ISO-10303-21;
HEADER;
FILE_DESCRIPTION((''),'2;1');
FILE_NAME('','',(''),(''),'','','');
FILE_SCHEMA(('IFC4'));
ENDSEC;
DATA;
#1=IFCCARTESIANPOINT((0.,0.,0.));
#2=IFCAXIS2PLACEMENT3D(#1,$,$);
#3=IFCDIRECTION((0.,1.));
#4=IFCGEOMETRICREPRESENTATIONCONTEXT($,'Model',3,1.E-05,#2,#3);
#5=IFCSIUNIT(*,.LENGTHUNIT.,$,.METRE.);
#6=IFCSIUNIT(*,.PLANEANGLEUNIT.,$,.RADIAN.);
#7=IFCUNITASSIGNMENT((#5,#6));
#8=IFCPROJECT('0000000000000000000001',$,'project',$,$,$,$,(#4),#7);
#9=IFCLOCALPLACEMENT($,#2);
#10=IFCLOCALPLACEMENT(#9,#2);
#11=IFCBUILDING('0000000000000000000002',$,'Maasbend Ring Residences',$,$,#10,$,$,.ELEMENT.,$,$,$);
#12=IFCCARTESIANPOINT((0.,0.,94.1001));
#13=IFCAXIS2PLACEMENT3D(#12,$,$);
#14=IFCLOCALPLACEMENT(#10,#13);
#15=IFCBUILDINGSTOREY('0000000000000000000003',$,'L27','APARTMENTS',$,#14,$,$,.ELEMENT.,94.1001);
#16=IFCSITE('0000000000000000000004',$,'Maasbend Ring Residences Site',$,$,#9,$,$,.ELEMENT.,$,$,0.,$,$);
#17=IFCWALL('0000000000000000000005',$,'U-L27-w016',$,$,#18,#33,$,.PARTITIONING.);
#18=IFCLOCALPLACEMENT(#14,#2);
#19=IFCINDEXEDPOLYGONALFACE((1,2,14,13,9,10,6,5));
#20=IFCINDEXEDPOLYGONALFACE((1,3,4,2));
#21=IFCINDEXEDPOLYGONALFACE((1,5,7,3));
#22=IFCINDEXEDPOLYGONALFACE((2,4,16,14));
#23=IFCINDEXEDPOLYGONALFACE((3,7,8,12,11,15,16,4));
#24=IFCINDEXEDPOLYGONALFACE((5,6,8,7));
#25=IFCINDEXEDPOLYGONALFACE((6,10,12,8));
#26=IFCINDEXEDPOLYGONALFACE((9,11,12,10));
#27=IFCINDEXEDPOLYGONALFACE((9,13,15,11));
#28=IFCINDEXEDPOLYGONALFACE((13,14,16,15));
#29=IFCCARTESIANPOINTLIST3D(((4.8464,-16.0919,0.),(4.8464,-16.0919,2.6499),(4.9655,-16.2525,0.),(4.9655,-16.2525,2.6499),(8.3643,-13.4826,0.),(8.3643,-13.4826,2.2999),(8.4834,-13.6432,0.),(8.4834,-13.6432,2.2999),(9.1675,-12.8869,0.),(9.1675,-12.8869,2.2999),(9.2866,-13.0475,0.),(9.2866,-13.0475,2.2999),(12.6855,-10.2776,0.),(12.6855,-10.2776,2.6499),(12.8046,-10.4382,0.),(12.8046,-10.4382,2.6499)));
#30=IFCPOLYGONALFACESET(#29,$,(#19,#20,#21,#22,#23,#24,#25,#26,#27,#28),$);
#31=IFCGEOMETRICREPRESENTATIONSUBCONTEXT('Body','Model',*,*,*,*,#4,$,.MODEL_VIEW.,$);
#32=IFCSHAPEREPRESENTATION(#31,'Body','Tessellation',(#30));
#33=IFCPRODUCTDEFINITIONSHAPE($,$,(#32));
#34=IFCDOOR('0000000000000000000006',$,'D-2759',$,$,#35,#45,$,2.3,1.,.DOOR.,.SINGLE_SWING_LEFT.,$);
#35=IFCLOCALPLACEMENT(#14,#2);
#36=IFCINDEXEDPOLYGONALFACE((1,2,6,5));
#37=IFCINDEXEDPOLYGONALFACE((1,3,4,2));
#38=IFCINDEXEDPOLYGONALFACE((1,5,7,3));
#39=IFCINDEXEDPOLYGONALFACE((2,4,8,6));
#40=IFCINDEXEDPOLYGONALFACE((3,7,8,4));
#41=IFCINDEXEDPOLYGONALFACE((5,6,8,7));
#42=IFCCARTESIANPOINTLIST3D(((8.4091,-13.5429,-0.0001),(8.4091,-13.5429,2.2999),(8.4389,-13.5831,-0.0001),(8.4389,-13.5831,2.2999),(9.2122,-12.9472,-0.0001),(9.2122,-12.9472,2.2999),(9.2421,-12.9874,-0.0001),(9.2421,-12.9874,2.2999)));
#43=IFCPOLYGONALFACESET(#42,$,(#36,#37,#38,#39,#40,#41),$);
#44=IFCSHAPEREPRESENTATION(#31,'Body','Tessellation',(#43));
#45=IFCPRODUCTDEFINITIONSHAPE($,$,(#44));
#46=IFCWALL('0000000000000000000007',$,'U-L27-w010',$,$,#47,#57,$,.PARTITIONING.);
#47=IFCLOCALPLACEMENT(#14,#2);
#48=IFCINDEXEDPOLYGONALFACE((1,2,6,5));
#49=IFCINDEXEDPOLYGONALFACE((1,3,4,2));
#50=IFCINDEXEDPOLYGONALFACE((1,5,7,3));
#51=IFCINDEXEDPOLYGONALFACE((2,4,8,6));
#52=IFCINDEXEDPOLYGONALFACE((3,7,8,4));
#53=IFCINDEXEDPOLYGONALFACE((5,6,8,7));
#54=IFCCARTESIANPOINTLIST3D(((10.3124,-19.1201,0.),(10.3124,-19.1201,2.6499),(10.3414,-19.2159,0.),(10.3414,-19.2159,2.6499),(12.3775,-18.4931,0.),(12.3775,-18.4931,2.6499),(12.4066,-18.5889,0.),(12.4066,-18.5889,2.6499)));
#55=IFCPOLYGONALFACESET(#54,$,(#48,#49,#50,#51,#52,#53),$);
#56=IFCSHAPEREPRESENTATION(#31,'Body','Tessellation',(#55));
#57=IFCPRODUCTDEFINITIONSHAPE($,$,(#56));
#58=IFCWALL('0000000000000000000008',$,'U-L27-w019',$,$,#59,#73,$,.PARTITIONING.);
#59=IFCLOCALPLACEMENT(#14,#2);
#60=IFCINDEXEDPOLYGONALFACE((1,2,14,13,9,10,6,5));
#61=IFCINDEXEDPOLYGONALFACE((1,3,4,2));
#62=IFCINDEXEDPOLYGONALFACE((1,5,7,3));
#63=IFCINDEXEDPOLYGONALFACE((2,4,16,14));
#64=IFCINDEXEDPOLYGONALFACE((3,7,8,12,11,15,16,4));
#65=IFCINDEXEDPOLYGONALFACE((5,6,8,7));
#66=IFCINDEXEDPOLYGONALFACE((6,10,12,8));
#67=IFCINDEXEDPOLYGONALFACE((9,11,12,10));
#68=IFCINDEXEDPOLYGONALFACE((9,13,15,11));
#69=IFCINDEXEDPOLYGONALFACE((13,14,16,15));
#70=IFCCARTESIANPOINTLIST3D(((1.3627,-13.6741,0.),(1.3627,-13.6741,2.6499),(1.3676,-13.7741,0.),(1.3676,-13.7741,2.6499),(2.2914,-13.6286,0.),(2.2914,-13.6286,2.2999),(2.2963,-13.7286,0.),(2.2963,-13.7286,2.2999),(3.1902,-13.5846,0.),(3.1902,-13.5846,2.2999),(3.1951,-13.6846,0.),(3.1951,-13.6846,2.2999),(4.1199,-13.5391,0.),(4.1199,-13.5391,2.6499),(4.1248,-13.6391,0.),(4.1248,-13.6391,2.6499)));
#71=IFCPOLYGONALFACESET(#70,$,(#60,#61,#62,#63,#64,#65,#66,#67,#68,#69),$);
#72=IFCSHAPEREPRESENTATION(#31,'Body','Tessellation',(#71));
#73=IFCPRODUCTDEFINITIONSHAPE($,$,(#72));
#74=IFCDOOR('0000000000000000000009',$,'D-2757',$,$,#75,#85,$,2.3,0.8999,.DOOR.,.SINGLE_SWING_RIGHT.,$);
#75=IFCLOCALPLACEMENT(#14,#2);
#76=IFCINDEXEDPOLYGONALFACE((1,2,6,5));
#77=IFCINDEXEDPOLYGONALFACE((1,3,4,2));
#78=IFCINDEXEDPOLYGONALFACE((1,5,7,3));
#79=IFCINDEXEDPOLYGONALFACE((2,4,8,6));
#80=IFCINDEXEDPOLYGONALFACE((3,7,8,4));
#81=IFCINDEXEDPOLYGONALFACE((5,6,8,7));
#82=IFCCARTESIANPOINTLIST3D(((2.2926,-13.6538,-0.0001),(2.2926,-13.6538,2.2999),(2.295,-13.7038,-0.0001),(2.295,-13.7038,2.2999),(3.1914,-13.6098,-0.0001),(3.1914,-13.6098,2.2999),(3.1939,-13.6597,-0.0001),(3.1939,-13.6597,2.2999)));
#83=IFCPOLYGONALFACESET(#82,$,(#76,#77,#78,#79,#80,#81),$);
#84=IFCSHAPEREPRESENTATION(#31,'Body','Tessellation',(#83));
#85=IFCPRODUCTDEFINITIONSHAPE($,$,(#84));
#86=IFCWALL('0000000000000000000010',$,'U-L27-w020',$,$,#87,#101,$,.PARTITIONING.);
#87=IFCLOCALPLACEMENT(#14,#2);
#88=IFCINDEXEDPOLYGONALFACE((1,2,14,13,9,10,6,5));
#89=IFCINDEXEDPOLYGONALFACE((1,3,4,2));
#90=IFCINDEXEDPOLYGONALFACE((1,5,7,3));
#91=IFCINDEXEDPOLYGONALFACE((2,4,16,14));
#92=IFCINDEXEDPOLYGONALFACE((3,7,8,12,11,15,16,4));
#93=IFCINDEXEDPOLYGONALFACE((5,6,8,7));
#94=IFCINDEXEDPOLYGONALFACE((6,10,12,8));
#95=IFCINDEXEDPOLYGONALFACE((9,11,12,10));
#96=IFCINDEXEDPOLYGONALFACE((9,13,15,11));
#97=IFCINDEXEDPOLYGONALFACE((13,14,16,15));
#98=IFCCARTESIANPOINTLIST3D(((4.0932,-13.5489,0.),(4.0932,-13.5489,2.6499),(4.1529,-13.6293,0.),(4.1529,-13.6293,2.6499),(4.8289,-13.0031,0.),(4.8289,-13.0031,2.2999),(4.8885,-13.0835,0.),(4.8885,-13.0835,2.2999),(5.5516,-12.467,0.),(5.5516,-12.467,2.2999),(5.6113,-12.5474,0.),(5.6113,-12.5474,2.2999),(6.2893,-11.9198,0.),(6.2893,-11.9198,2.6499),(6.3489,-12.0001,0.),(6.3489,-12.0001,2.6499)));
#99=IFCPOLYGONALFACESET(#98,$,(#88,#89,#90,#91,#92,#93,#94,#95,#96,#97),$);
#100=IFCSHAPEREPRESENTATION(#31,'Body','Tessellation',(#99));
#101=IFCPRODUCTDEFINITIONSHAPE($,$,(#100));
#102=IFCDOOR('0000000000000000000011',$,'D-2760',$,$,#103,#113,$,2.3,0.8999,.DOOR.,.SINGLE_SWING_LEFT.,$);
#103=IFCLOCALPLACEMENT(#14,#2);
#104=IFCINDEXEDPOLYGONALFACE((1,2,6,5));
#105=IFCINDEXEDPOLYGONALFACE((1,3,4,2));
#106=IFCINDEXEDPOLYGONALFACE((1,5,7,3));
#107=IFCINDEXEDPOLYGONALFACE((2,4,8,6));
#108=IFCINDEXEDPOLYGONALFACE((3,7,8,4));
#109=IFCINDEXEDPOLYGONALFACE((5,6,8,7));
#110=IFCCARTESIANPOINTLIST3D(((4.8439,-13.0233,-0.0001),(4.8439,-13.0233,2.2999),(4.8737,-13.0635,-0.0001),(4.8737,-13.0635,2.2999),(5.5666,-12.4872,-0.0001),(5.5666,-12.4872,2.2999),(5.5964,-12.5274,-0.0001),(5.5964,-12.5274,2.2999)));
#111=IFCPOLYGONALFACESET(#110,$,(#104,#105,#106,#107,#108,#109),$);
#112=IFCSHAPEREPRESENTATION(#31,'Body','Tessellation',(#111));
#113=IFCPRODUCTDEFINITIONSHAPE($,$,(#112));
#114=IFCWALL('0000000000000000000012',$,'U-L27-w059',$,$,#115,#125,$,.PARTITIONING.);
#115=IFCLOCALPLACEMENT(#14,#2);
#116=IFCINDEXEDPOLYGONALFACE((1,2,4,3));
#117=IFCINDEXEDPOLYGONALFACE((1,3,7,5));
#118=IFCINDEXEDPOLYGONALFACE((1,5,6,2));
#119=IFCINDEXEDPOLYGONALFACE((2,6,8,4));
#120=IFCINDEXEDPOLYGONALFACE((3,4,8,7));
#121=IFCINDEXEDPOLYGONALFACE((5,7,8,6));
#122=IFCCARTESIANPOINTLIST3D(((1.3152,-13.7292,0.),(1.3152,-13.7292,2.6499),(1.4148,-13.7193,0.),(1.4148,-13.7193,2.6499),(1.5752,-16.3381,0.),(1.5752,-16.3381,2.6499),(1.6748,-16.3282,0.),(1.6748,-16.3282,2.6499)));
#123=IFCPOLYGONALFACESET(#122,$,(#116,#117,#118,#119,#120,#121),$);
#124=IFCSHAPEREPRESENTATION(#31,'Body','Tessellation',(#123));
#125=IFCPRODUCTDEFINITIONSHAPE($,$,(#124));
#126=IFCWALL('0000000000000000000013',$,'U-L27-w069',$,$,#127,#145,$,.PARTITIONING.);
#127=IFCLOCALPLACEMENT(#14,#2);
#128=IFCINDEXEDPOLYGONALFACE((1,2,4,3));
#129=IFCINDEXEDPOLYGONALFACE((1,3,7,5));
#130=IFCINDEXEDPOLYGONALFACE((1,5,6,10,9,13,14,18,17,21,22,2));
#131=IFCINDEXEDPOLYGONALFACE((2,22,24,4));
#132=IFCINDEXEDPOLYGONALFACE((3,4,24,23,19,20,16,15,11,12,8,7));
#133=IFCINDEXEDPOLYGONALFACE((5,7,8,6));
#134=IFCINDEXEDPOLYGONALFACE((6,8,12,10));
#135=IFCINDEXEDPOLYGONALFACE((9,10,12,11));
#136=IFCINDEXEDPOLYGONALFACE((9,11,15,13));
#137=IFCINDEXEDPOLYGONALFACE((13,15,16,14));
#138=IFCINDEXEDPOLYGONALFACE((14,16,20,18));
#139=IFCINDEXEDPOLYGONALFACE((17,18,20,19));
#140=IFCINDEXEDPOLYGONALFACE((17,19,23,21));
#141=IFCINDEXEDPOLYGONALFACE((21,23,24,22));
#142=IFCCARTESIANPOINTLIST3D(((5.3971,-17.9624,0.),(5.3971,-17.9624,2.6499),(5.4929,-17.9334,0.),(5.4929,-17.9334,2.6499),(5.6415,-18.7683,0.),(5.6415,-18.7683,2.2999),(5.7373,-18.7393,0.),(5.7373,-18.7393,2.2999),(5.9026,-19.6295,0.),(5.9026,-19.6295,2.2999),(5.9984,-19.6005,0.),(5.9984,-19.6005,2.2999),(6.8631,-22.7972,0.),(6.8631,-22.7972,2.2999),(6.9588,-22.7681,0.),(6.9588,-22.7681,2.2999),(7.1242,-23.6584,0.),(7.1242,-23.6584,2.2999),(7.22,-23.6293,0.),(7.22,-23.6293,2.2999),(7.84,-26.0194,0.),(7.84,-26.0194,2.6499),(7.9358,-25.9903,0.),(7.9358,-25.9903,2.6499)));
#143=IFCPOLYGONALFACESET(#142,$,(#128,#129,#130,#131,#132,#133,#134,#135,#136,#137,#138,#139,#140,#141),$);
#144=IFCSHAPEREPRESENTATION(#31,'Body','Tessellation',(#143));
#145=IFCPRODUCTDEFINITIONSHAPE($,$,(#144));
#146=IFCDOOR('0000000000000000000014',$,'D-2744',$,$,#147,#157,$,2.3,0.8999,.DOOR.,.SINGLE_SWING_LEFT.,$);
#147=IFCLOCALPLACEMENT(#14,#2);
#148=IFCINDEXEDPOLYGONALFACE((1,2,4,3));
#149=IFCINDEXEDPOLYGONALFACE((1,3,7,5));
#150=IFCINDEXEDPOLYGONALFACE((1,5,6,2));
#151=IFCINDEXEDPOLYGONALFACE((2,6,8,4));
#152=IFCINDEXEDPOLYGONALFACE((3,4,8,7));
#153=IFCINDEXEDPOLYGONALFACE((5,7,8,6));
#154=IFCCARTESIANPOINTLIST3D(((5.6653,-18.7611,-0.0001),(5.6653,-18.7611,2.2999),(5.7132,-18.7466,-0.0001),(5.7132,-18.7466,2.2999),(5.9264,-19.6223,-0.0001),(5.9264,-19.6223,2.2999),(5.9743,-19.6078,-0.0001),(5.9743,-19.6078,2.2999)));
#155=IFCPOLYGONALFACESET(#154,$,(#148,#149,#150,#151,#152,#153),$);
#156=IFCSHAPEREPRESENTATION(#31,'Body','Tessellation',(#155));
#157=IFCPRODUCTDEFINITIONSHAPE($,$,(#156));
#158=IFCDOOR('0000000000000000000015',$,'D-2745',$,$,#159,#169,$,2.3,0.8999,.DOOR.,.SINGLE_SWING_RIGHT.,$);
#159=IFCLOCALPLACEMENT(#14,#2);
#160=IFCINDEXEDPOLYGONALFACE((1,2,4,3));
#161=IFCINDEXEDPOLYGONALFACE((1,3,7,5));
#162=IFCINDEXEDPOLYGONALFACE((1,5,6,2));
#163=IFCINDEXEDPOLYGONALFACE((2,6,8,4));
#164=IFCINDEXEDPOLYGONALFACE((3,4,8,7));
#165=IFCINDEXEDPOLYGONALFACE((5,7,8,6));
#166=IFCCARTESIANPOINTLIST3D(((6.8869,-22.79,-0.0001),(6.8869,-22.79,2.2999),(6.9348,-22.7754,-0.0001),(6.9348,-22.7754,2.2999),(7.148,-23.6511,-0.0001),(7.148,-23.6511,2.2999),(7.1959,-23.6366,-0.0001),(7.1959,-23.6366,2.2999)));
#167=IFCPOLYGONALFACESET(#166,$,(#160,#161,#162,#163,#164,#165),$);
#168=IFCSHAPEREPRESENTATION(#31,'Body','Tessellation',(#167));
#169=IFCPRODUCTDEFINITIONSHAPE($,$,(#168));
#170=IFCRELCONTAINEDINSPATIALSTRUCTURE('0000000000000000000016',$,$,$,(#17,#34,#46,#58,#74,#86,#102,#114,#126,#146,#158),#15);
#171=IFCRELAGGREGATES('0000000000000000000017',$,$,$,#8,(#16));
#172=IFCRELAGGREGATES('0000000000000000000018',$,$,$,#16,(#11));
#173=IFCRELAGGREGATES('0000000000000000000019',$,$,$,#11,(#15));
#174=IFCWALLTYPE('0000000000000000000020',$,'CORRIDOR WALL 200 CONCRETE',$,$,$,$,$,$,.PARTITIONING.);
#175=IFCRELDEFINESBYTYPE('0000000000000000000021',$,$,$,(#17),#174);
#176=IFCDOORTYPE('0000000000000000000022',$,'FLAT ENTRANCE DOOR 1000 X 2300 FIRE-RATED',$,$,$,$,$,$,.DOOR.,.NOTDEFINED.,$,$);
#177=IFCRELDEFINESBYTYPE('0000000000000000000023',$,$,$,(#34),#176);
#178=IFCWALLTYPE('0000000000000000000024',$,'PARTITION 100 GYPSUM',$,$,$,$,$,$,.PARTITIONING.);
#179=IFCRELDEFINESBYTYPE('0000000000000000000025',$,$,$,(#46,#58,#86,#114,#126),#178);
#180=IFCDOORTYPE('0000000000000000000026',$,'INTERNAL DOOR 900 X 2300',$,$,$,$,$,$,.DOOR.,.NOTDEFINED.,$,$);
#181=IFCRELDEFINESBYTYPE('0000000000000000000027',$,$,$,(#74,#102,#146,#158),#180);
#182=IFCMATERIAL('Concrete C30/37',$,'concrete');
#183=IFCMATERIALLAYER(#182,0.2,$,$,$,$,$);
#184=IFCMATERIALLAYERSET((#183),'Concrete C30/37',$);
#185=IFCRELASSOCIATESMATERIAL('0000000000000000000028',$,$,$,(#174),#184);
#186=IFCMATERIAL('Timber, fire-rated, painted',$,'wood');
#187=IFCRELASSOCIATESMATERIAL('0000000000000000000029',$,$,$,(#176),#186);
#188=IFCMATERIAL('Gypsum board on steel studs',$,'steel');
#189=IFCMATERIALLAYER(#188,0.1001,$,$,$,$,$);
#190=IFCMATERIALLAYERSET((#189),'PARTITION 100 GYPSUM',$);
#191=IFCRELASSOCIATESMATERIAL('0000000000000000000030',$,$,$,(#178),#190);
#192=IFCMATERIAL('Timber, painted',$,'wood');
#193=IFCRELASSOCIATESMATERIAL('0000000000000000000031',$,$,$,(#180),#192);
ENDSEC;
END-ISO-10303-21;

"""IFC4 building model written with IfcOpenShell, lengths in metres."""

from ifc_helpers import new_model, si_unit, direction, frame, frame_2d, origin, place, context, subcontext, project, spatial, rectangle, extrude, material, layer, layer_set, type_object, element, fill, save


model = new_model("IFC4")

# Units and contexts
model_context = context("Model", 3, precision=1e-05, world=origin(), true_north=direction((0.0, 1.0)))
body_context = subcontext(model_context, "Body", "Model", "MODEL_VIEW")
ifc_project = project(units=[si_unit("LENGTHUNIT", "METRE"), si_unit("PLANEANGLEUNIT", "RADIAN")], contexts=[model_context])

# Site, building, storey
site_placement = place(None, origin())
site = spatial("IfcSite", under=ifc_project, at=site_placement, Name="Maasbend Ring Residences Site", CompositionType="ELEMENT", RefElevation=0.0)
building_placement = place(site_placement, origin())
building = spatial("IfcBuilding", under=site, at=building_placement, Name="Maasbend Ring Residences", CompositionType="ELEMENT")
storey_placement = place(building_placement, frame((0.0, 0.0, 94.1001)))
storey = spatial("IfcBuildingStorey", under=building, at=storey_placement, Name="L27", Description="APARTMENTS", CompositionType="ELEMENT", Elevation=94.1001)

# Wall, opening, door
ifc_material_1 = material(Name="Concrete C30/37", Category="concrete")
ifc_layer_1 = layer(ifc_material_1, 0.2)
ifc_layer_set_1 = layer_set([ifc_layer_1], Name="Concrete C30/37")
wall_type_1 = type_object("IfcWallType", Name="CORRIDOR WALL 200 CONCRETE", PredefinedType="PARTITIONING", material=ifc_layer_set_1)
ifc_material_2 = material(Name="Timber, fire-rated, painted", Category="wood")
door_type_1 = type_object("IfcDoorType", Name="FLAT ENTRANCE DOOR 1000 X 2300 FIRE-RATED", OperationType="NOTDEFINED", PredefinedType="DOOR", material=ifc_material_2)
wall_1_placement = place(storey_placement, frame((4.906, -16.1721, 0.0), z_axis=(0.0, 0.0, 1.0), x_axis=(0.803191, 0.595721, 0.0)))
wall_1 = element("IfcWall", 1, at=wall_1_placement, inside=storey, type_object=wall_type_1, Name="U-L27-w016", PredefinedType="PARTITIONING", context=body_context, shape_type="SweptSolid", body=[
    extrude(rectangle(XDim=9.76, YDim=0.2, at=frame_2d((4.8799, 0.0))), origin(), (0.0, 0.0, 1.0), 2.6499),
])
opening_1_placement = place(wall_1_placement, frame((4.3799, 0.0, 0.0)))
opening_1 = element("IfcOpeningElement", 2, at=opening_1_placement, cuts=wall_1, PredefinedType="OPENING", context=body_context, shape_type="SweptSolid", body=[
    extrude(rectangle(XDim=1.0, YDim=2.3, at=frame_2d((0.5, 1.1499))), frame((0.0, 0.1099, 0.0), z_axis=(0.0, -1.0, 0.0), x_axis=(1.0, 0.0, 0.0)), (0.0, 0.0, 1.0), 0.22),
])
door_1_placement = place(opening_1_placement, origin())
door_1 = element("IfcDoor", 3, at=door_1_placement, inside=storey, type_object=door_type_1, Name="D-2759", OperationType="SINGLE_SWING_LEFT", OverallHeight=2.3, OverallWidth=1.0, PredefinedType="DOOR", context=body_context, shape_type="SweptSolid", body=[
    extrude(rectangle(XDim=1.0, YDim=2.3, at=frame_2d((0.5, 1.1499))), frame((0.0, 0.0249, 0.0), z_axis=(0.0, -1.0, 0.0), x_axis=(1.0, 0.0, 0.0)), (0.0, 0.0, 1.0), 0.05),
])
fill(opening_1, door_1)

# Wall
ifc_material_3 = material(Name="Gypsum board on steel studs", Category="steel")
ifc_layer_2 = layer(ifc_material_3, 0.1001)
ifc_layer_set_2 = layer_set([ifc_layer_2], Name="PARTITION 100 GYPSUM")
wall_type_2 = type_object("IfcWallType", Name="PARTITION 100 GYPSUM", PredefinedType="PARTITIONING", material=ifc_layer_set_2)
wall_2_placement = place(storey_placement, frame((10.3269, -19.168, 0.0), z_axis=(0.0, 0.0, 1.0), x_axis=(0.956878, 0.290491, 0.0)))
element("IfcWall", 4, at=wall_2_placement, inside=storey, type_object=wall_type_2, Name="U-L27-w010", PredefinedType="PARTITIONING", context=body_context, shape_type="SweptSolid", body=[
    extrude(rectangle(XDim=2.1582, YDim=0.1001, at=frame_2d((1.0791, 0.0))), origin(), (0.0, 0.0, 1.0), 2.6499),
])

# Walls, openings, doors
wall_3_placement = place(storey_placement, frame((1.365, -13.7241, 0.0), z_axis=(0.0, 0.0, 1.0), x_axis=(0.998803, 0.04891, 0.0)))
wall_3 = element("IfcWall", 5, at=wall_3_placement, inside=storey, type_object=wall_type_2, Name="U-L27-w019", PredefinedType="PARTITIONING", context=body_context, shape_type="SweptSolid", body=[
    extrude(rectangle(XDim=2.7605, YDim=0.1001, at=frame_2d((1.3804, 0.0))), origin(), (0.0, 0.0, 1.0), 2.6499),
])
opening_2_placement = place(wall_3_placement, frame((0.9299, 0.0, 0.0)))
opening_2 = element("IfcOpeningElement", 6, at=opening_2_placement, cuts=wall_3, PredefinedType="OPENING", context=body_context, shape_type="SweptSolid", body=[
    extrude(rectangle(XDim=0.8999, YDim=2.3, at=frame_2d((0.45, 1.1499))), frame((0.0, 0.0601, 0.0), z_axis=(0.0, -1.0, 0.0), x_axis=(1.0, 0.0, 0.0)), (0.0, 0.0, 1.0), 0.1201),
])
ifc_material_4 = material(Name="Timber, painted", Category="wood")
door_type_2 = type_object("IfcDoorType", Name="INTERNAL DOOR 900 X 2300", OperationType="NOTDEFINED", PredefinedType="DOOR", material=ifc_material_4)
door_2_placement = place(opening_2_placement, origin())
door_2 = element("IfcDoor", 7, at=door_2_placement, inside=storey, type_object=door_type_2, Name="D-2757", OperationType="SINGLE_SWING_RIGHT", OverallHeight=2.3, OverallWidth=0.8999, PredefinedType="DOOR", context=body_context, shape_type="SweptSolid", body=[
    extrude(rectangle(XDim=0.8999, YDim=2.3, at=frame_2d((0.45, 1.1499))), frame((0.0, 0.0249, 0.0), z_axis=(0.0, -1.0, 0.0), x_axis=(1.0, 0.0, 0.0)), (0.0, 0.0, 1.0), 0.05),
])
fill(opening_2, door_2)
wall_4_placement = place(storey_placement, frame((4.123, -13.5891, 0.0), z_axis=(0.0, 0.0, 1.0), x_axis=(0.803128, 0.595806, 0.0)))
wall_4 = element("IfcWall", 8, at=wall_4_placement, inside=storey, type_object=wall_type_2, Name="U-L27-w020", PredefinedType="PARTITIONING", context=body_context, shape_type="SweptSolid", body=[
    extrude(rectangle(XDim=2.7344, YDim=0.1001, at=frame_2d((1.3672, 0.0))), origin(), (0.0, 0.0, 1.0), 2.6499),
])
opening_3_placement = place(wall_4_placement, frame((0.916, 0.0, 0.0)))
opening_3 = element("IfcOpeningElement", 9, at=opening_3_placement, cuts=wall_4, PredefinedType="OPENING", context=body_context, shape_type="SweptSolid", body=[
    extrude(rectangle(XDim=0.8999, YDim=2.3, at=frame_2d((0.45, 1.1499))), frame((0.0, 0.0601, 0.0), z_axis=(0.0, -1.0, 0.0), x_axis=(1.0, 0.0, 0.0)), (0.0, 0.0, 1.0), 0.1201),
])
door_3_placement = place(opening_3_placement, origin())
door_3 = element("IfcDoor", 10, at=door_3_placement, inside=storey, type_object=door_type_2, Name="D-2760", OperationType="SINGLE_SWING_LEFT", OverallHeight=2.3, OverallWidth=0.8999, PredefinedType="DOOR", context=body_context, shape_type="SweptSolid", body=[
    extrude(rectangle(XDim=0.8999, YDim=2.3, at=frame_2d((0.45, 1.1499))), frame((0.0, 0.0249, 0.0), z_axis=(0.0, -1.0, 0.0), x_axis=(1.0, 0.0, 0.0)), (0.0, 0.0, 1.0), 0.05),
])
fill(opening_3, door_3)

# Wall
wall_5_placement = place(storey_placement, frame((1.365, -13.7241, 0.0), z_axis=(0.0, 0.0, 1.0), x_axis=(0.099172, -0.99507, 0.0)))
element("IfcWall", 11, at=wall_5_placement, inside=storey, type_object=wall_type_2, Name="U-L27-w059", PredefinedType="PARTITIONING", context=body_context, shape_type="SweptSolid", body=[
    extrude(rectangle(XDim=2.6218, YDim=0.1001, at=frame_2d((1.311, 0.0))), origin(), (0.0, 0.0, 1.0), 2.6499),
])

# Wall, openings, doors
wall_6_placement = place(storey_placement, frame((5.4451, -17.948, 0.0), z_axis=(0.0, 0.0, 1.0), x_axis=(0.290159, -0.956979, 0.0)))
wall_6 = element("IfcWall", 12, at=wall_6_placement, inside=storey, type_object=wall_type_2, Name="U-L27-w069", PredefinedType="PARTITIONING", context=body_context, shape_type="SweptSolid", body=[
    extrude(rectangle(XDim=8.4192, YDim=0.1001, at=frame_2d((4.2095, 0.0))), origin(), (0.0, 0.0, 1.0), 2.6499),
])
opening_4_placement = place(wall_6_placement, frame((0.842, 0.0, 0.0)))
opening_4 = element("IfcOpeningElement", 13, at=opening_4_placement, cuts=wall_6, PredefinedType="OPENING", context=body_context, shape_type="SweptSolid", body=[
    extrude(rectangle(XDim=0.8999, YDim=2.3, at=frame_2d((0.45, 1.1499))), frame((0.0, 0.0601, 0.0), z_axis=(0.0, -1.0, 0.0), x_axis=(1.0, 0.0, 0.0)), (0.0, 0.0, 1.0), 0.1201),
])
opening_5_placement = place(wall_6_placement, frame((5.052, 0.0, 0.0)))
opening_5 = element("IfcOpeningElement", 14, at=opening_5_placement, cuts=wall_6, PredefinedType="OPENING", context=body_context, shape_type="SweptSolid", body=[
    extrude(rectangle(XDim=0.8999, YDim=2.3, at=frame_2d((0.45, 1.1499))), frame((0.0, 0.0601, 0.0), z_axis=(0.0, -1.0, 0.0), x_axis=(1.0, 0.0, 0.0)), (0.0, 0.0, 1.0), 0.1201),
])
door_4_placement = place(opening_4_placement, origin())
door_4 = element("IfcDoor", 15, at=door_4_placement, inside=storey, type_object=door_type_2, Name="D-2744", OperationType="SINGLE_SWING_LEFT", OverallHeight=2.3, OverallWidth=0.8999, PredefinedType="DOOR", context=body_context, shape_type="SweptSolid", body=[
    extrude(rectangle(XDim=0.8999, YDim=2.3, at=frame_2d((0.45, 1.1499))), frame((0.0, 0.0249, 0.0), z_axis=(0.0, -1.0, 0.0), x_axis=(1.0, 0.0, 0.0)), (0.0, 0.0, 1.0), 0.05),
])
fill(opening_4, door_4)
door_5_placement = place(opening_5_placement, origin())
door_5 = element("IfcDoor", 16, at=door_5_placement, inside=storey, type_object=door_type_2, Name="D-2745", OperationType="SINGLE_SWING_RIGHT", OverallHeight=2.3, OverallWidth=0.8999, PredefinedType="DOOR", context=body_context, shape_type="SweptSolid", body=[
    extrude(rectangle(XDim=0.8999, YDim=2.3, at=frame_2d((0.45, 1.1499))), frame((0.0, 0.0249, 0.0), z_axis=(0.0, -1.0, 0.0), x_axis=(1.0, 0.0, 0.0)), (0.0, 0.0, 1.0), 0.05),
])
fill(opening_5, door_5)

save(model, "model.ifc")
